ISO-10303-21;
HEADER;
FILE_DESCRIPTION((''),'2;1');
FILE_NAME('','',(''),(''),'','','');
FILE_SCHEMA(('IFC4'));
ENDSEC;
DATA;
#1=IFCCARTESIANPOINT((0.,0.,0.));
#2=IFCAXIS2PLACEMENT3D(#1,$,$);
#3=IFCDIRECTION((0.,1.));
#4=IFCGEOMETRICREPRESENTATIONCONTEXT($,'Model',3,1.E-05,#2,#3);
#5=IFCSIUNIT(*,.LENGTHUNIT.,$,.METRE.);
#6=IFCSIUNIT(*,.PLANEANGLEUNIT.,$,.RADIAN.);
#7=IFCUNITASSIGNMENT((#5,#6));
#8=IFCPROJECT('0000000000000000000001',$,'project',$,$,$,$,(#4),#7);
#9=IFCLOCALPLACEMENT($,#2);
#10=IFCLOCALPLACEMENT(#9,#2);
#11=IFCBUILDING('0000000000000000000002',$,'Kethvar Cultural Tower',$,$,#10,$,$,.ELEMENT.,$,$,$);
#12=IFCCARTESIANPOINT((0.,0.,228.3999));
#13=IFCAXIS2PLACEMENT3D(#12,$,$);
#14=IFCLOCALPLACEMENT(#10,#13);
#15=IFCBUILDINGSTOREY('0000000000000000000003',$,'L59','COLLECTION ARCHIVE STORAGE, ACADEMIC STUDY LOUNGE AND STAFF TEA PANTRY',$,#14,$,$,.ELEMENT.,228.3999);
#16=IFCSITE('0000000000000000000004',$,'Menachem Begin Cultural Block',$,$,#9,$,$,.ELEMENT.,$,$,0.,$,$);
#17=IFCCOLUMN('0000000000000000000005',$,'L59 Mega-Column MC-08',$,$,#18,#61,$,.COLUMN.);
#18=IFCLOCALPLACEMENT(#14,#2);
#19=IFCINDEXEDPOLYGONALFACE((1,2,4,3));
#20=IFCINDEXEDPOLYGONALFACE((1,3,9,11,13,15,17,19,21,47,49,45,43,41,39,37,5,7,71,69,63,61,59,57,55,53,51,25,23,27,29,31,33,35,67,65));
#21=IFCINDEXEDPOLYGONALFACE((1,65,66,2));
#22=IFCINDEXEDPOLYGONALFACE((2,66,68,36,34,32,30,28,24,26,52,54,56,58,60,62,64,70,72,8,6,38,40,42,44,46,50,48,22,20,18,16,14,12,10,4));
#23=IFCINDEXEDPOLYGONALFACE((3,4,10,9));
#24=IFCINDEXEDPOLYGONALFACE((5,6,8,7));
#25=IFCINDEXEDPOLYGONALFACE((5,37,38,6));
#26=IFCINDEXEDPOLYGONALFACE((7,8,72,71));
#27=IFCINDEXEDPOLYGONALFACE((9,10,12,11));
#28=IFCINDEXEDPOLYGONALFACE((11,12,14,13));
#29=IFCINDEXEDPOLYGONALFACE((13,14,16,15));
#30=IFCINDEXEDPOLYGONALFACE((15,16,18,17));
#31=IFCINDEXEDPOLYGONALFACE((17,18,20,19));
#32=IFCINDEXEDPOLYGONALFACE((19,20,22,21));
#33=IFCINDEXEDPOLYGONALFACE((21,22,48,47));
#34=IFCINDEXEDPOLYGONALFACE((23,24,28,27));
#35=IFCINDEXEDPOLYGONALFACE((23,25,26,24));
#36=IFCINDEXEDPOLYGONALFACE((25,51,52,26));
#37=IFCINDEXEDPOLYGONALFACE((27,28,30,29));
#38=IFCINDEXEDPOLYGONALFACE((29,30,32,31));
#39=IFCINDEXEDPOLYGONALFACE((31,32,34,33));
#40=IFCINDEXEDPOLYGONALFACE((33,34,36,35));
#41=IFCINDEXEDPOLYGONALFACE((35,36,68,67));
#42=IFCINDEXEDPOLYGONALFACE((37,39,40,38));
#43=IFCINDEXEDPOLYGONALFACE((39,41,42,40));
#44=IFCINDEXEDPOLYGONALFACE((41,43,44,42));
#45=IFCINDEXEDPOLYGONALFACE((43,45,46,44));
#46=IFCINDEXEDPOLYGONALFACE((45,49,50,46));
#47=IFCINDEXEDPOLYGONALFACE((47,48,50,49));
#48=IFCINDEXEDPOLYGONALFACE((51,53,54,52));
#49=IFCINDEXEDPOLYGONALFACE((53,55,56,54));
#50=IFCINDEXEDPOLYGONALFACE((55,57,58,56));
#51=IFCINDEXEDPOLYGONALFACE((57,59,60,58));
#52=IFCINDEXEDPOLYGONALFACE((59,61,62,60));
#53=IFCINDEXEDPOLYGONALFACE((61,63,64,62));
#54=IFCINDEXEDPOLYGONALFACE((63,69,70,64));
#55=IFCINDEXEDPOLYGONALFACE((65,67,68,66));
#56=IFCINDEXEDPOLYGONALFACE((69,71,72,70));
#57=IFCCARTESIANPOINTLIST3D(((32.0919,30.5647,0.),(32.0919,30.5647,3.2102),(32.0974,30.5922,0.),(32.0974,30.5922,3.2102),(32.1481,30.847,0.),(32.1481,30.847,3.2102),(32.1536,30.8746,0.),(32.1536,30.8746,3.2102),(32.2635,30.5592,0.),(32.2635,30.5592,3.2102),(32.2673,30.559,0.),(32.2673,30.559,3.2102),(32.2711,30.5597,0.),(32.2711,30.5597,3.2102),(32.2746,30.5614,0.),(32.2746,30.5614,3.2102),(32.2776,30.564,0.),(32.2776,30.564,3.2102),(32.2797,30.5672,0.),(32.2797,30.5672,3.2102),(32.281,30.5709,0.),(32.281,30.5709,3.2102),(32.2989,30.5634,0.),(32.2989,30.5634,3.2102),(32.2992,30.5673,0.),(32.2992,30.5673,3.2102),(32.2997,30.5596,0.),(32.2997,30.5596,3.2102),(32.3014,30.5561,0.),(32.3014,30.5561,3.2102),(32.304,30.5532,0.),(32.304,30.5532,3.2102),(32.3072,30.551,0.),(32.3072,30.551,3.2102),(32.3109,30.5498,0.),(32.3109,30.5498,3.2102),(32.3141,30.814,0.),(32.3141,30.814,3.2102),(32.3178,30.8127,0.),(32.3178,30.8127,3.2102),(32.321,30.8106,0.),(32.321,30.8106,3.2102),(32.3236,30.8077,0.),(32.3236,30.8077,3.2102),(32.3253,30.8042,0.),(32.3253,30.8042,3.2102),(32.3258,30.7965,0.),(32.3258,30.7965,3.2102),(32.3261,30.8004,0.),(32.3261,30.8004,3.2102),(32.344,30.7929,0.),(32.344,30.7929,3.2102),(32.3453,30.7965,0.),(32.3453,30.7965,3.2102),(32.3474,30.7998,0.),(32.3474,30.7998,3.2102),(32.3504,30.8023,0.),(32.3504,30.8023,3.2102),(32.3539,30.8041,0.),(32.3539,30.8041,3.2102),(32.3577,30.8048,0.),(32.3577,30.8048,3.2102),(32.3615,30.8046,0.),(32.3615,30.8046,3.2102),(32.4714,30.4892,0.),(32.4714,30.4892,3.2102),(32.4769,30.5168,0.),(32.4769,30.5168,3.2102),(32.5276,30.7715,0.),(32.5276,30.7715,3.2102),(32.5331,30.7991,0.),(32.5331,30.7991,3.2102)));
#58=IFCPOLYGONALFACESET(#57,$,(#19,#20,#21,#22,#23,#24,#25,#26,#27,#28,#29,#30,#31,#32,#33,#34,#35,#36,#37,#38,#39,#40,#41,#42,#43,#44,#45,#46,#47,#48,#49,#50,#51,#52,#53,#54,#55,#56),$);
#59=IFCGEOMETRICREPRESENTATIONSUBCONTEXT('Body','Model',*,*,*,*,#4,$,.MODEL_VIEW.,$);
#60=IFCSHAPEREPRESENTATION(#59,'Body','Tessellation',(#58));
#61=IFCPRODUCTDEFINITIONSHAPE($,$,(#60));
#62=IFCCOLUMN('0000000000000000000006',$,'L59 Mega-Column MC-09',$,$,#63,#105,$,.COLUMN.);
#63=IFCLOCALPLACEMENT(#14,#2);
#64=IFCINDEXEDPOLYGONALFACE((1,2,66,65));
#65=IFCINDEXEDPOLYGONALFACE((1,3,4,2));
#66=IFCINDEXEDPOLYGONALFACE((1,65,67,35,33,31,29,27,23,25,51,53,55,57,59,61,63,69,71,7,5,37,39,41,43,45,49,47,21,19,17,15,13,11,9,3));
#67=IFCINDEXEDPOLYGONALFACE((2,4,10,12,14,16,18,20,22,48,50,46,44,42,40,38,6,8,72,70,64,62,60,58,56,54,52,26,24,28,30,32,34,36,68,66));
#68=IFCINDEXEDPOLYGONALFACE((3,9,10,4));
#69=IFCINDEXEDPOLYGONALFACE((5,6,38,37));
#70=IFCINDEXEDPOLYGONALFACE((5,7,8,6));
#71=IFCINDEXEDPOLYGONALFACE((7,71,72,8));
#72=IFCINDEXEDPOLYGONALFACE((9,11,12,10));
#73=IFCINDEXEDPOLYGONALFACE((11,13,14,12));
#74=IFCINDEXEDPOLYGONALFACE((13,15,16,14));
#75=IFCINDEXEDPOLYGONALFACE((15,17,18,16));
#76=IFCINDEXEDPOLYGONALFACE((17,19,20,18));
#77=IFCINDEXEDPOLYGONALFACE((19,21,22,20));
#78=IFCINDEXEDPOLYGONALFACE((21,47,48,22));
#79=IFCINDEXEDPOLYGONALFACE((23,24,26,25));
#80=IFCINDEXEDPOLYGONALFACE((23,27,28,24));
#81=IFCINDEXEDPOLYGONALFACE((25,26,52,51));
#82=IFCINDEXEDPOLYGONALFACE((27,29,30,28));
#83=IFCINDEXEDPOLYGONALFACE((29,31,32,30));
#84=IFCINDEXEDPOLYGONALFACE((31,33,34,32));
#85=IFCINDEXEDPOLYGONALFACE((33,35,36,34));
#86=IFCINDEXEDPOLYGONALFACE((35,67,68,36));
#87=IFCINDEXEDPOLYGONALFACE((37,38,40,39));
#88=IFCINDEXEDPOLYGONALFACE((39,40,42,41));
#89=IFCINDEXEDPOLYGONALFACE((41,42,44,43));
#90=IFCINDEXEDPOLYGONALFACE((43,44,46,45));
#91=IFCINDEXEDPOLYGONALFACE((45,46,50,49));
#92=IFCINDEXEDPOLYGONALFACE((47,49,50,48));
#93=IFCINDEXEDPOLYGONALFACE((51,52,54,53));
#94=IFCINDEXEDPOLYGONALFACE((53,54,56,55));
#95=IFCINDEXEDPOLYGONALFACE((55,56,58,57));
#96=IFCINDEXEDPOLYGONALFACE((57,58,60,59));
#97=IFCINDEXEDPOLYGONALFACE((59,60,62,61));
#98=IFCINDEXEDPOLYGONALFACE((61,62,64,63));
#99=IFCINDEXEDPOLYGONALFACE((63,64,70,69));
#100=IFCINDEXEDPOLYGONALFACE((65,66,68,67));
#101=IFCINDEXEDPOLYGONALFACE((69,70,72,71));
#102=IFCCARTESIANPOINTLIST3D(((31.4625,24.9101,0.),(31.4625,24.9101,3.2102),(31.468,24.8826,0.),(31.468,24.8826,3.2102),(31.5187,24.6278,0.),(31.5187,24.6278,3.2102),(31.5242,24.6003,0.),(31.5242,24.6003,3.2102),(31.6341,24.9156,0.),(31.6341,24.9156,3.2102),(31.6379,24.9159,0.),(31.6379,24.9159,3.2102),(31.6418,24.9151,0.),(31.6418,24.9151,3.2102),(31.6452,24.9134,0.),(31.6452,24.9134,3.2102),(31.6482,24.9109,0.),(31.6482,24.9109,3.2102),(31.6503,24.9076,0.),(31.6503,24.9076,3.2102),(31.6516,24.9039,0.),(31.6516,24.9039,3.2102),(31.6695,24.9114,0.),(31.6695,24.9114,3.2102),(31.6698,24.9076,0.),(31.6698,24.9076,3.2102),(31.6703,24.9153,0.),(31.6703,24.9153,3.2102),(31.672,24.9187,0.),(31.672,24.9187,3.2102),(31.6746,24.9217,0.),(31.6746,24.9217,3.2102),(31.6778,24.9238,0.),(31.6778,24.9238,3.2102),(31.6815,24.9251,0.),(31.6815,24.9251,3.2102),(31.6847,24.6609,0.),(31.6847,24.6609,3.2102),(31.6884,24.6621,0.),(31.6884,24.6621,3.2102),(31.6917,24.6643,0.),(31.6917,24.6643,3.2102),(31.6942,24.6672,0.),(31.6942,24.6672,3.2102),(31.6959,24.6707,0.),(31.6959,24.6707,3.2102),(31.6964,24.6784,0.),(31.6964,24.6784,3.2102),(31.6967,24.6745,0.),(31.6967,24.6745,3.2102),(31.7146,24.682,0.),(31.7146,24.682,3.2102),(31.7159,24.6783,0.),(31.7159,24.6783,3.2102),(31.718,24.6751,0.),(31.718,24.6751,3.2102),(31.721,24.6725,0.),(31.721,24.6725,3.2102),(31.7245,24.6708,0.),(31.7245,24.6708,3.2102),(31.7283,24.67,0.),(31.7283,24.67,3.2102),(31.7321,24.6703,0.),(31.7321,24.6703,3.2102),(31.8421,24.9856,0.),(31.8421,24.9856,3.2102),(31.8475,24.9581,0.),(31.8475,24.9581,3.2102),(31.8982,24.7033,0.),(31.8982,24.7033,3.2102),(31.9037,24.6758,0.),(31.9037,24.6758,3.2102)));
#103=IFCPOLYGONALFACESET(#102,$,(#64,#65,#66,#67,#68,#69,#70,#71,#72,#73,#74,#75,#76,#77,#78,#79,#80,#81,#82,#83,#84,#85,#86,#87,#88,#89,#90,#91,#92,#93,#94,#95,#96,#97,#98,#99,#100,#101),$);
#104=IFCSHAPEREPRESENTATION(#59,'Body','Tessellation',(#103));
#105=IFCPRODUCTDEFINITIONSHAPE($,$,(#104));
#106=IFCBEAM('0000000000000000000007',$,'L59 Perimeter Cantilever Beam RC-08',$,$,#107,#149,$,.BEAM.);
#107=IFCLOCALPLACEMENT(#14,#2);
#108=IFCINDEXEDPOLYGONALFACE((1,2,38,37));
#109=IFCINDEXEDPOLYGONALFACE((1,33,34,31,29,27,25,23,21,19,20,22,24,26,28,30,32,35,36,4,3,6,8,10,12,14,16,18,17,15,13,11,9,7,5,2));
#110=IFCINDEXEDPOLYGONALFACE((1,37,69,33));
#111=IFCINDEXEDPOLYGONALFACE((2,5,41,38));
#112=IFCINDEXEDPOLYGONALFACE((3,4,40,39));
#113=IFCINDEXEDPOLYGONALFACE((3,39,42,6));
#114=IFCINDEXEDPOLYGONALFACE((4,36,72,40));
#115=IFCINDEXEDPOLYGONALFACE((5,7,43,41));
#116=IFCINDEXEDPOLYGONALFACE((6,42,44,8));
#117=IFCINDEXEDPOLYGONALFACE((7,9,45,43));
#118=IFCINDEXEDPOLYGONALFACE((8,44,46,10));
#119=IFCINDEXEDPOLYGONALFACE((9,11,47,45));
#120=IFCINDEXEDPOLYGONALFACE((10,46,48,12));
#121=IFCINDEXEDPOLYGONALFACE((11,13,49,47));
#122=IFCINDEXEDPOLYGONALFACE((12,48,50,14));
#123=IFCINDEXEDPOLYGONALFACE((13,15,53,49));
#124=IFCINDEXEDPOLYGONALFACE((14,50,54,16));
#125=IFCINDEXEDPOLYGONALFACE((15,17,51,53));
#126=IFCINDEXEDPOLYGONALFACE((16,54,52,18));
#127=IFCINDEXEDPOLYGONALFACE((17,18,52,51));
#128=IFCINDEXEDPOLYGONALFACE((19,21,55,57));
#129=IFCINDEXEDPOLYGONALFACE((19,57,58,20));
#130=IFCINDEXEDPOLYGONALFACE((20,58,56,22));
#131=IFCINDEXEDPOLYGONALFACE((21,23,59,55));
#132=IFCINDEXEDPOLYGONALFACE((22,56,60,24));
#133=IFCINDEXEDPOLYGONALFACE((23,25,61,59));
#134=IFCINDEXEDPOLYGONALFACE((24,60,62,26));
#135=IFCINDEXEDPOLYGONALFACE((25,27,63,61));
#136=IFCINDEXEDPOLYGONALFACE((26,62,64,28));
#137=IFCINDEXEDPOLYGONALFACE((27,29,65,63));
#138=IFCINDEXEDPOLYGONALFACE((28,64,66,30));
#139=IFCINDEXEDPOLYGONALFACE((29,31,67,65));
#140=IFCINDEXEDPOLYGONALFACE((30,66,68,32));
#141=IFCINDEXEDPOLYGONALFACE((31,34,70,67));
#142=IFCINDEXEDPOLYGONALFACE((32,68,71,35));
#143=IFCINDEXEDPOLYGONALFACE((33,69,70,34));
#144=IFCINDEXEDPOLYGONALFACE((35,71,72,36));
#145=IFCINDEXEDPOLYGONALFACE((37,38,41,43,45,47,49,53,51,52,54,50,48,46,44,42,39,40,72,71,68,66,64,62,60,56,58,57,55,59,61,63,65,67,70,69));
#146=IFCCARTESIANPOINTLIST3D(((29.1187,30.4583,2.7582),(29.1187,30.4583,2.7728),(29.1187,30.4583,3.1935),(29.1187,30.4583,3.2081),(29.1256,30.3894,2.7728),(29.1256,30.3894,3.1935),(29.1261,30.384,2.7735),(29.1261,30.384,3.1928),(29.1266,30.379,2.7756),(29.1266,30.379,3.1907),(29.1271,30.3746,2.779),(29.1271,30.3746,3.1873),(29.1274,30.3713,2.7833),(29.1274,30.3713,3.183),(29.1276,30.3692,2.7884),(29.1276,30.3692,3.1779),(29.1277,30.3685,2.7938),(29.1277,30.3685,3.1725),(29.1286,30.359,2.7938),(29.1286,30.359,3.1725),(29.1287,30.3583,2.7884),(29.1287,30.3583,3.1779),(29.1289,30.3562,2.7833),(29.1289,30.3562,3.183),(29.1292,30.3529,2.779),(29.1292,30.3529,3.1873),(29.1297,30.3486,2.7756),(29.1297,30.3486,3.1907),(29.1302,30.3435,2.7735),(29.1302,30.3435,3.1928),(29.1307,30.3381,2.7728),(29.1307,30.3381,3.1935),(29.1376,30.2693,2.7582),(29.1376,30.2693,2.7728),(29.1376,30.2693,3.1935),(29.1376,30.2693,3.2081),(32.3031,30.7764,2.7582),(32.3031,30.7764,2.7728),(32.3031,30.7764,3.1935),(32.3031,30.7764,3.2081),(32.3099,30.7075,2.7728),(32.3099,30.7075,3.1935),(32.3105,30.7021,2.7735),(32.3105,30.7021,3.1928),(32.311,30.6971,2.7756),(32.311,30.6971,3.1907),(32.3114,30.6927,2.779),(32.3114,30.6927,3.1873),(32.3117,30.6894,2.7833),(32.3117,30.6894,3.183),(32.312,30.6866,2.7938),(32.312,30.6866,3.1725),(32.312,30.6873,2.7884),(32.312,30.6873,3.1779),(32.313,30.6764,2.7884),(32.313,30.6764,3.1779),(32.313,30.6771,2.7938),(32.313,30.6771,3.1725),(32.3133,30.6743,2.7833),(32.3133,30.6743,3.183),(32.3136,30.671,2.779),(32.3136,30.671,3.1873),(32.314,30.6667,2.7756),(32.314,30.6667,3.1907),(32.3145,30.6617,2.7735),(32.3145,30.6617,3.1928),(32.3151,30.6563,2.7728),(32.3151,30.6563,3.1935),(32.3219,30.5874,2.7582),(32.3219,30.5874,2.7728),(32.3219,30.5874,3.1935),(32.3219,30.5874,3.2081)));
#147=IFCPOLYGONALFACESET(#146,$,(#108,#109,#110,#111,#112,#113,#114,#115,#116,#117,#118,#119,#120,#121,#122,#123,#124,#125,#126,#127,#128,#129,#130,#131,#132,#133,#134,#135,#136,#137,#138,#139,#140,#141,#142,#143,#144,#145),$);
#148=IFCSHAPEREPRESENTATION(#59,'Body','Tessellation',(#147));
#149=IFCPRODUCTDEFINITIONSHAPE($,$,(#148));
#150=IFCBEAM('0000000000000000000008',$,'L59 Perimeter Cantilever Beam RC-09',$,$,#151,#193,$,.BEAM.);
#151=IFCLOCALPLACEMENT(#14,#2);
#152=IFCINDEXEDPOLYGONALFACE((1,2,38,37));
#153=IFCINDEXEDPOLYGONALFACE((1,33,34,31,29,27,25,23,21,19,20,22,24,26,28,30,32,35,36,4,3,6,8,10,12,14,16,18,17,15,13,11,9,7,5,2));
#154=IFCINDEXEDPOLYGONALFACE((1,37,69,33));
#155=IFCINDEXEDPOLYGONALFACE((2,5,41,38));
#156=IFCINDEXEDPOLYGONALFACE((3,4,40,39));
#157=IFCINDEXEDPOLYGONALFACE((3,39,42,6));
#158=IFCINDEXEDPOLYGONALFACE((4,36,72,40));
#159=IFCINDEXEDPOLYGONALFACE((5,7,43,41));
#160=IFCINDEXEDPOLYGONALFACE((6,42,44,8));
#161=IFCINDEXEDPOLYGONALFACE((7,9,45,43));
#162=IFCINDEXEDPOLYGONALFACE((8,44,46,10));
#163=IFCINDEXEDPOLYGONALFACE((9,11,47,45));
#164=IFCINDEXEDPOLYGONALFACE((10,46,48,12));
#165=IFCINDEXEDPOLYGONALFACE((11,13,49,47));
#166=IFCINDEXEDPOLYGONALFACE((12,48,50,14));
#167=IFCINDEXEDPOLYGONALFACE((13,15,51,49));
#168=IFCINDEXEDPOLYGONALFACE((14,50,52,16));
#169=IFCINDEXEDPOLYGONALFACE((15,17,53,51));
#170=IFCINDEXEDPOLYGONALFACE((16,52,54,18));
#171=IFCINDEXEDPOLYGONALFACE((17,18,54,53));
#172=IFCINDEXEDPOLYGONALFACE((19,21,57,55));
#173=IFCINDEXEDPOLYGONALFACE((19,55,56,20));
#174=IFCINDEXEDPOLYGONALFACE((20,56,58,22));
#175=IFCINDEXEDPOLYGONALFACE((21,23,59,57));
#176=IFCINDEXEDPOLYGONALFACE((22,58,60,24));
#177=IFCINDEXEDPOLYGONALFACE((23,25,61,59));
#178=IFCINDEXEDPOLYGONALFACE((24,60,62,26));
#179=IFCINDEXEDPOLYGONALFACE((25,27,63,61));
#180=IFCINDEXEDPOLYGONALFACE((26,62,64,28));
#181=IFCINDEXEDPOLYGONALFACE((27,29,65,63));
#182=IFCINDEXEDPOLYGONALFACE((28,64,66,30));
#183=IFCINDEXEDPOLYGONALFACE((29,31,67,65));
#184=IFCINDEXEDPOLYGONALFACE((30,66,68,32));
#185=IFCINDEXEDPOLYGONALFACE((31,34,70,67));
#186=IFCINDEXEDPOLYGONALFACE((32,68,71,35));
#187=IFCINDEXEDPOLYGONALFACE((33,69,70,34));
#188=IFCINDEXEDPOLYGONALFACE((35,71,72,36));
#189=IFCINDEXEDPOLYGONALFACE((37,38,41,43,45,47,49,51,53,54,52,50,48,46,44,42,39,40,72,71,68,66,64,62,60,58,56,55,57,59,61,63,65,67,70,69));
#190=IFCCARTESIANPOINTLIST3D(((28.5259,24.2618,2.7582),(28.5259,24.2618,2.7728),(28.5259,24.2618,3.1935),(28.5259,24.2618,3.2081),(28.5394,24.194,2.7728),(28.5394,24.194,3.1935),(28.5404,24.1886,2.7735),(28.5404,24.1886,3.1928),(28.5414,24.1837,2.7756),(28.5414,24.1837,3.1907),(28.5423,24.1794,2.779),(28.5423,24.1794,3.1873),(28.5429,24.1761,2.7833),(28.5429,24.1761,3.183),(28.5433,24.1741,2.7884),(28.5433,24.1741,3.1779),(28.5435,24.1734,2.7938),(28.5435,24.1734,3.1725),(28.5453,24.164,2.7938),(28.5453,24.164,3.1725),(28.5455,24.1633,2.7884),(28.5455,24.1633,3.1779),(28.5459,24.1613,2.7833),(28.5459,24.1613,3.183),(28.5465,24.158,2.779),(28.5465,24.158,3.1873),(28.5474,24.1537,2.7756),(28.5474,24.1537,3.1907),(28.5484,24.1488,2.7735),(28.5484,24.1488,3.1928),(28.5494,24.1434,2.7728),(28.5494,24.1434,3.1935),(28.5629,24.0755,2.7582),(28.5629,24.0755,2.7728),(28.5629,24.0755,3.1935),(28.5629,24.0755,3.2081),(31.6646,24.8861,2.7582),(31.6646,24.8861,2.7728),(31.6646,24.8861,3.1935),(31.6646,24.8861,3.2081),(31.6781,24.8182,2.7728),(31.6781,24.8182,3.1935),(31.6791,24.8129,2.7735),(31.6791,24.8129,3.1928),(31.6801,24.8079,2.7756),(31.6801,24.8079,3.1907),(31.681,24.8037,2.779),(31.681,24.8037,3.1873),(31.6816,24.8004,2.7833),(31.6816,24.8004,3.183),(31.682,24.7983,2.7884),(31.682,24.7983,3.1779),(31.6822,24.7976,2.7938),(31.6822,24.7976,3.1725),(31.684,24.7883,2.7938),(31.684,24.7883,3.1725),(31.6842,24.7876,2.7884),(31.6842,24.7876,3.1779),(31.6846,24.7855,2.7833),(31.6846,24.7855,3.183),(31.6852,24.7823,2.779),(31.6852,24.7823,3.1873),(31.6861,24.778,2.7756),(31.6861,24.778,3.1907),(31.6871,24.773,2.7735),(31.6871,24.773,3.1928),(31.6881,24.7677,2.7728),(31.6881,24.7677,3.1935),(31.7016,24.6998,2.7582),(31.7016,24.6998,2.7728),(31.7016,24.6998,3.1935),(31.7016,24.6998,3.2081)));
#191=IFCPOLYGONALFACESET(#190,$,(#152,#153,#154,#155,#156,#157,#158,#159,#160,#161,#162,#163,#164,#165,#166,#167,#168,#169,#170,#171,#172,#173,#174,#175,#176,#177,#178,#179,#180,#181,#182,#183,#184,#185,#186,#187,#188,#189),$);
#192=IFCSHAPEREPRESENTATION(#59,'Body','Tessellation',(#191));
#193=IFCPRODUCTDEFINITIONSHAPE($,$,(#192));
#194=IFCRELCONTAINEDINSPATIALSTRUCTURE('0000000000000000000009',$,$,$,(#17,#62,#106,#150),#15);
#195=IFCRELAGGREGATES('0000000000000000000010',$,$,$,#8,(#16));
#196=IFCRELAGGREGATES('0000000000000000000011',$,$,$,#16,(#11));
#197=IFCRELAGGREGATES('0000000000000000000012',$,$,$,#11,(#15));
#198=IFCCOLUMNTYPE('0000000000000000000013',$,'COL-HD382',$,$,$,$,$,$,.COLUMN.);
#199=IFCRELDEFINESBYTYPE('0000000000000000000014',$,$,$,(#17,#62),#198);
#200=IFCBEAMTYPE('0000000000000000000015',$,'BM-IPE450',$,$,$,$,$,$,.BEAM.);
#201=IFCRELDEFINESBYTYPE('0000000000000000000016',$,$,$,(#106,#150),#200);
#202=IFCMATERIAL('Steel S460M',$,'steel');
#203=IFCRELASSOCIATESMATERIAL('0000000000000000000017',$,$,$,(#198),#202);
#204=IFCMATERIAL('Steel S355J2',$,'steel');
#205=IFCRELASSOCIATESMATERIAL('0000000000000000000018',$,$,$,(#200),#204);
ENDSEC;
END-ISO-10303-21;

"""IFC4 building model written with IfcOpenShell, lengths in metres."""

from ifc_helpers import new_model, si_unit, direction, frame, origin, origin_2d, place, context, subcontext, project, spatial, i_section, extrude, source, transform, mapped, material, material_profile, profile_set, type_object, element, save


model = new_model("IFC4")

# Units and contexts
model_context = context("Model", 3, precision=1e-05, world=origin(), true_north=direction((0.0, 1.0)))
body_context = subcontext(model_context, "Body", "Model", "MODEL_VIEW")
ifc_project = project(units=[si_unit("LENGTHUNIT", "METRE"), si_unit("PLANEANGLEUNIT", "RADIAN")], contexts=[model_context])

# Site, building, storey
site_placement = place(None, origin())
site = spatial("IfcSite", under=ifc_project, at=site_placement, Name="Menachem Begin Cultural Block", CompositionType="ELEMENT", RefElevation=0.0)
building_placement = place(site_placement, origin())
building = spatial("IfcBuilding", under=site, at=building_placement, Name="Kethvar Cultural Tower", CompositionType="ELEMENT")
storey_placement = place(building_placement, frame((0.0, 0.0, 228.3999)))
storey = spatial("IfcBuildingStorey", under=building, at=storey_placement, Name="L59", Description="COLLECTION ARCHIVE STORAGE, ACADEMIC STUDY LOUNGE AND STAFF TEA PANTRY", CompositionType="ELEMENT", Elevation=228.3999)

# Columns
ifc_material_1 = material(Name="Steel S460M", Category="steel")
ifc_material_profile_1 = material_profile(ifc_material_1, i_section(OverallWidth=0.387, OverallDepth=0.3159, WebThickness=0.0186, FlangeThickness=0.0281, FilletRadius=0.0149, at=origin_2d()), Name="Steel S460M — HD400x382")
ifc_profile_set_1 = profile_set([ifc_material_profile_1], Name="Steel S460M — HD400x382")
column_type = type_object("IfcColumnType", Name="COL-HD382", PredefinedType="COLUMN", material=ifc_profile_set_1)
shared_shape_1 = source(origin(), body_context, "Body", "SweptSolid", [
    extrude(i_section(OverallWidth=0.387, OverallDepth=0.3159, WebThickness=0.0186, FlangeThickness=0.0281, FilletRadius=0.0149, at=origin_2d()), origin(), (0.0, 0.0, 1.0), 3.2102),
])
for number, where, z_axis, x_axis, name in (
    (1, (32.3125, 30.6819, 0.0), (0.0, 0.0, 1.0), (-0.980785, 0.19509, 0.0), "L59 Mega-Column MC-08"),
    (2, (31.6831, 24.793, 0.0), (0.0, 0.0, 1.0), (-0.980785, -0.19509, 0.0), "L59 Mega-Column MC-09"),
):
    element("IfcColumn", number, at=place(storey_placement, frame(where, z_axis=z_axis, x_axis=x_axis)), inside=storey, type_object=column_type, Name=name, PredefinedType="COLUMN", context=body_context, shape_type="MappedRepresentation", body=[
        mapped(shared_shape_1, transform((0.0, 0.0, 0.0), scale=1.0)),
    ])

# Beams
ifc_material_2 = material(Name="Steel S355J2", Category="steel")
ifc_material_profile_2 = material_profile(ifc_material_2, i_section(OverallWidth=0.1899, OverallDepth=0.45, WebThickness=0.0095, FlangeThickness=0.0146, FilletRadius=0.021, at=origin_2d()), Name="Steel S355J2 — IPE450")
ifc_profile_set_2 = profile_set([ifc_material_profile_2], Name="Steel S355J2 — IPE450")
beam_type_1 = type_object("IfcBeamType", Name="BM-IPE450", PredefinedType="BEAM", material=ifc_profile_set_2)
shared_shape_2 = source(origin(), body_context, "Body", "SweptSolid", [
    extrude(i_section(OverallWidth=0.1899, OverallDepth=0.45, WebThickness=0.0095, FlangeThickness=0.0146, FilletRadius=0.021, at=origin_2d()), origin(), (0.0, 0.0, 1.0), 3.2002),
])
for number, where, z_axis, x_axis, name in (
    (3, (32.3125, 30.6819, 2.9832), (-0.995047, -0.099406, 0.0), (0.099406, -0.995047, 0.0), "L59 Perimeter Cantilever Beam RC-08"),
    (4, (31.6831, 24.793, 2.9832), (-0.980788, -0.195074, 0.0), (0.195074, -0.980788, 0.0), "L59 Perimeter Cantilever Beam RC-09"),
):
    element("IfcBeam", number, at=place(storey_placement, frame(where, z_axis=z_axis, x_axis=x_axis)), inside=storey, type_object=beam_type_1, Name=name, PredefinedType="BEAM", context=body_context, shape_type="MappedRepresentation", body=[
        mapped(shared_shape_2, transform((0.0, 0.0, 0.0), scale=1.0)),
    ])

save(model, "model.ifc")
